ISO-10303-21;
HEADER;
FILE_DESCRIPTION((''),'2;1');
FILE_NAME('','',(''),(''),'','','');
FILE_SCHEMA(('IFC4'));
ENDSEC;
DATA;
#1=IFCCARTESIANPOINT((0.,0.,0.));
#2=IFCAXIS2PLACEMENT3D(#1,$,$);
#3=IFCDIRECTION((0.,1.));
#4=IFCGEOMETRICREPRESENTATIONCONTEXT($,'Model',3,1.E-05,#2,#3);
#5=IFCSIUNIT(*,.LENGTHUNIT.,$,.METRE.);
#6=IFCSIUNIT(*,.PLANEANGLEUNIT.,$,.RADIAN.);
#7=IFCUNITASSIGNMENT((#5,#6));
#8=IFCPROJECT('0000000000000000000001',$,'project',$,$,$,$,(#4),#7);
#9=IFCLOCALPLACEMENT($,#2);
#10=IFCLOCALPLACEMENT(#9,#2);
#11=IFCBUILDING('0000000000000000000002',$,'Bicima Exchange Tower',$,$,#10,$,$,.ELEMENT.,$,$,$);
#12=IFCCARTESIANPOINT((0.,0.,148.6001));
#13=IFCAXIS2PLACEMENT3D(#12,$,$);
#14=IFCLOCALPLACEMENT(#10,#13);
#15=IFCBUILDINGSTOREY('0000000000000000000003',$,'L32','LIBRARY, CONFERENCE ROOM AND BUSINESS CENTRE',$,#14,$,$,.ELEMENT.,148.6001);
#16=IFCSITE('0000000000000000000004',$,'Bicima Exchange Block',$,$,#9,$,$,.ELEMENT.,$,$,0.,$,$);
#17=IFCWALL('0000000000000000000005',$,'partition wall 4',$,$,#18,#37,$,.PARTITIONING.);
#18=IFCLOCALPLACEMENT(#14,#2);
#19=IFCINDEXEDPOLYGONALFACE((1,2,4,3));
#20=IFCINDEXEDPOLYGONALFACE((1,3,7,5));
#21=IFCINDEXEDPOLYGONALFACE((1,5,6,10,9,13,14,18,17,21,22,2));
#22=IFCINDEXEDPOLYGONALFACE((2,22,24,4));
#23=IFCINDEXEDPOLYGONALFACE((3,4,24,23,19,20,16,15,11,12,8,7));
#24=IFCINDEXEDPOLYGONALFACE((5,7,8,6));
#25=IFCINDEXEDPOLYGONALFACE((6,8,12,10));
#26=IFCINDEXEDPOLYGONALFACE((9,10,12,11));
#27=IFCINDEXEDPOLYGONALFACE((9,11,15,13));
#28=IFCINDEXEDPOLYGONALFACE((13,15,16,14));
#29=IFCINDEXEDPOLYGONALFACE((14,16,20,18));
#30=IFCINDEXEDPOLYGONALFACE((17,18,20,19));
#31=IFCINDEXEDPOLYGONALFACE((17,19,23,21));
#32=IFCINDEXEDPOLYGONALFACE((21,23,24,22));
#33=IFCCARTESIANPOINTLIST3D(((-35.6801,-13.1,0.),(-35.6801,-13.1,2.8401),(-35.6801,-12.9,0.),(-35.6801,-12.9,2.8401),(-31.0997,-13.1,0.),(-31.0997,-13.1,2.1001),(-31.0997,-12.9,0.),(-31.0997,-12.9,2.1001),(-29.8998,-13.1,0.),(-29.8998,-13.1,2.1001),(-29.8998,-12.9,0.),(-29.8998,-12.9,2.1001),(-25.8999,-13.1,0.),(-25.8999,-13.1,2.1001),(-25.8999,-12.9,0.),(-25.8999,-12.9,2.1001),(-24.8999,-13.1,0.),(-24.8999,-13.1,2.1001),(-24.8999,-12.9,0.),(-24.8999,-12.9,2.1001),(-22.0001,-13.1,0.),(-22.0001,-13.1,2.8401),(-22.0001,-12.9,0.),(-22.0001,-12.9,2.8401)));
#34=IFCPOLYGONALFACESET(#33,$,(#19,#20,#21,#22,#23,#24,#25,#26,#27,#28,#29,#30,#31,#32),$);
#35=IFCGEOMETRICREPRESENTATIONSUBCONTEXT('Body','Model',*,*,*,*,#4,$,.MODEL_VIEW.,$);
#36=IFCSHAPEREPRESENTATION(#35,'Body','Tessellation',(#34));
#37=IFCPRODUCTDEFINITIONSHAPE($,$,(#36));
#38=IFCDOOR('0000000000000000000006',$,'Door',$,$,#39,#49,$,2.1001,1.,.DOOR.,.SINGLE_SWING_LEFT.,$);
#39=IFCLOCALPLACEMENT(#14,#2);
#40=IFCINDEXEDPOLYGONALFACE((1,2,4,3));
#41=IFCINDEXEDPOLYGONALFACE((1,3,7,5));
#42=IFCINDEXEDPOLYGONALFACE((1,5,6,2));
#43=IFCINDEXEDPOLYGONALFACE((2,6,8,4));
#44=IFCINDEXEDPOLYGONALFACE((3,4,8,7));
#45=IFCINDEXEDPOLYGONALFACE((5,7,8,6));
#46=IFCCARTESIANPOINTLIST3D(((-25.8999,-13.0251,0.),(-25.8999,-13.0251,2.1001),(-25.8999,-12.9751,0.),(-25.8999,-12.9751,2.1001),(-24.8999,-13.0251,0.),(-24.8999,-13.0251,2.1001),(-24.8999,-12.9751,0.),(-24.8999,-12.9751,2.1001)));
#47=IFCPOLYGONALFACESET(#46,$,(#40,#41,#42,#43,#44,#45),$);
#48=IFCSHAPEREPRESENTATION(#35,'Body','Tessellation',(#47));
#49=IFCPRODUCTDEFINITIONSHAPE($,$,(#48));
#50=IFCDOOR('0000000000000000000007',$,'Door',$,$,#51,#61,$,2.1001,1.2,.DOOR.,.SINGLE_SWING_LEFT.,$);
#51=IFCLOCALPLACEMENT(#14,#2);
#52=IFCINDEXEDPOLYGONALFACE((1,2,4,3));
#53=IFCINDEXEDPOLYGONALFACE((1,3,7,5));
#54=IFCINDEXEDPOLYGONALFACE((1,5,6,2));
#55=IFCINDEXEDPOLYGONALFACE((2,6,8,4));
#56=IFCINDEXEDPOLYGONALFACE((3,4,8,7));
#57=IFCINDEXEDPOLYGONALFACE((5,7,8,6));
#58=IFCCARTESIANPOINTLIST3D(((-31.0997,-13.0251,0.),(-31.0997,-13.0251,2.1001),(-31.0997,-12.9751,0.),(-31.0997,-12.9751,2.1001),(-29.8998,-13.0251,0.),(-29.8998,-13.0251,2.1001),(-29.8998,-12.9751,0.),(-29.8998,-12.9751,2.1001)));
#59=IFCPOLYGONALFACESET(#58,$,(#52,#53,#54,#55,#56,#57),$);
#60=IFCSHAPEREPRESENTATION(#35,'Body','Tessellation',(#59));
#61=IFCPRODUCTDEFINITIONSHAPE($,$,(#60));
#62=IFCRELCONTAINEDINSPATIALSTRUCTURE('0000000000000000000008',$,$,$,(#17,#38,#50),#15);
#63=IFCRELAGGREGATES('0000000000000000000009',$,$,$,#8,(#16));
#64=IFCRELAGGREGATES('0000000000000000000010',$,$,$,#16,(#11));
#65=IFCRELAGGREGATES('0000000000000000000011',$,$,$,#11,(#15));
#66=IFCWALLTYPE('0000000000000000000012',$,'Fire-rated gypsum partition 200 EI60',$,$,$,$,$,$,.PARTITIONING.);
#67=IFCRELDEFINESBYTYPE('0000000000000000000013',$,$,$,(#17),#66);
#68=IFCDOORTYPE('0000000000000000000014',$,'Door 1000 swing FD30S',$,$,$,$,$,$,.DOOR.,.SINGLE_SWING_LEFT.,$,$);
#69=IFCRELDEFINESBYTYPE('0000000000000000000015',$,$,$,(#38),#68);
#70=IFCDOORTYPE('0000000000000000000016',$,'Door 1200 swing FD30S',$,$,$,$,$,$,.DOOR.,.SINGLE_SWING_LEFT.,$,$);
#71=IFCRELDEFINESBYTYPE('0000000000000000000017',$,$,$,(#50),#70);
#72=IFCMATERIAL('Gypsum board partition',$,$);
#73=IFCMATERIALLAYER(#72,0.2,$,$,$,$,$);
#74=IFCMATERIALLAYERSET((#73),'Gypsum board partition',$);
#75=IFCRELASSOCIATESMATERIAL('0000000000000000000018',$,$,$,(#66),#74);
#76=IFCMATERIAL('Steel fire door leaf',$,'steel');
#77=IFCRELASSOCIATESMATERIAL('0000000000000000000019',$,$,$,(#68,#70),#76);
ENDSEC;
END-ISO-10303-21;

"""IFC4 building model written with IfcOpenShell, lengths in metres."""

from ifc_helpers import new_model, si_unit, direction, frame, frame_2d, origin, place, context, subcontext, project, spatial, rectangle, extrude, material, layer, layer_set, type_object, element, fill, save


model = new_model("IFC4")

# Units and contexts
model_context = context("Model", 3, precision=1e-05, world=origin(), true_north=direction((0.0, 1.0)))
body_context = subcontext(model_context, "Body", "Model", "MODEL_VIEW")
ifc_project = project(units=[si_unit("LENGTHUNIT", "METRE"), si_unit("PLANEANGLEUNIT", "RADIAN")], contexts=[model_context])

# Site, building, storey
site_placement = place(None, origin())
site = spatial("IfcSite", under=ifc_project, at=site_placement, Name="Bicima Exchange Block", CompositionType="ELEMENT", RefElevation=0.0)
building_placement = place(site_placement, origin())
building = spatial("IfcBuilding", under=site, at=building_placement, Name="Bicima Exchange Tower", CompositionType="ELEMENT")
storey_placement = place(building_placement, frame((0.0, 0.0, 148.6001)))
storey = spatial("IfcBuildingStorey", under=building, at=storey_placement, Name="L32", Description="LIBRARY, CONFERENCE ROOM AND BUSINESS CENTRE", CompositionType="ELEMENT", Elevation=148.6001)

# Wall, openings, doors
ifc_material_1 = material(Name="Gypsum board partition")
ifc_layer_1 = layer(ifc_material_1, 0.2)
ifc_layer_set_1 = layer_set([ifc_layer_1], Name="Gypsum board partition")
wall_type = type_object("IfcWallType", Name="Fire-rated gypsum partition 200 EI60", PredefinedType="PARTITIONING", material=ifc_layer_set_1)
ifc_material_2 = material(Name="Steel fire door leaf", Category="steel")
door_type_1 = type_object("IfcDoorType", Name="Door 1000 swing FD30S", OperationType="SINGLE_SWING_LEFT", PredefinedType="DOOR", material=ifc_material_2)
wall_1_placement = place(storey_placement, frame((-35.6799, -13.0, 0.0), z_axis=(0.0, 0.0, 1.0), x_axis=(1.0, 0.0, 0.0)))
wall_1 = element("IfcWall", 1, at=wall_1_placement, inside=storey, type_object=wall_type, Name="partition wall 4", PredefinedType="PARTITIONING", context=body_context, shape_type="SweptSolid", body=[
    extrude(rectangle(XDim=13.6799, YDim=0.2, at=frame_2d((6.8398, 0.0))), origin(), (0.0, 0.0, 1.0), 2.8401),
])
opening_1_placement = place(wall_1_placement, frame((4.5801, 0.0, 0.0)))
opening_1 = element("IfcOpeningElement", 2, at=opening_1_placement, cuts=wall_1, PredefinedType="OPENING", context=body_context, shape_type="SweptSolid", body=[
    extrude(rectangle(XDim=1.2, YDim=2.1001, at=frame_2d((0.6001, 1.05))), frame((0.0, 0.1118, 0.0), z_axis=(0.0, -1.0, 0.0), x_axis=(1.0, 0.0, 0.0)), (0.0, 0.0, 1.0), 0.2239),
])
opening_2_placement = place(wall_1_placement, frame((9.78, 0.0, 0.0)))
opening_2 = element("IfcOpeningElement", 3, at=opening_2_placement, cuts=wall_1, PredefinedType="OPENING", context=body_context, shape_type="SweptSolid", body=[
    extrude(rectangle(XDim=1.0, YDim=2.1001, at=frame_2d((0.5, 1.05))), frame((0.0, 0.1118, 0.0), z_axis=(0.0, -1.0, 0.0), x_axis=(1.0, 0.0, 0.0)), (0.0, 0.0, 1.0), 0.2239),
])
door_1_placement = place(opening_2_placement, origin())
door_1 = element("IfcDoor", 4, at=door_1_placement, inside=storey, type_object=door_type_1, Name="Door", OperationType="SINGLE_SWING_LEFT", OverallHeight=2.1001, OverallWidth=1.0, PredefinedType="DOOR", context=body_context, shape_type="SweptSolid", body=[
    extrude(rectangle(XDim=1.0, YDim=2.1001, at=frame_2d((0.5, 1.05))), frame((0.0, 0.0249, 0.0), z_axis=(0.0, -1.0, 0.0), x_axis=(1.0, 0.0, 0.0)), (0.0, 0.0, 1.0), 0.05),
])
fill(opening_2, door_1)
door_type_2 = type_object("IfcDoorType", Name="Door 1200 swing FD30S", OperationType="SINGLE_SWING_LEFT", PredefinedType="DOOR", material=ifc_material_2)
door_2_placement = place(opening_1_placement, origin())
door_2 = element("IfcDoor", 5, at=door_2_placement, inside=storey, type_object=door_type_2, Name="Door", OperationType="SINGLE_SWING_LEFT", OverallHeight=2.1001, OverallWidth=1.2, PredefinedType="DOOR", context=body_context, shape_type="SweptSolid", body=[
    extrude(rectangle(XDim=1.2, YDim=2.1001, at=frame_2d((0.6001, 1.05))), frame((0.0, 0.0249, 0.0), z_axis=(0.0, -1.0, 0.0), x_axis=(1.0, 0.0, 0.0)), (0.0, 0.0, 1.0), 0.05),
])
fill(opening_1, door_2)

save(model, "model.ifc")
